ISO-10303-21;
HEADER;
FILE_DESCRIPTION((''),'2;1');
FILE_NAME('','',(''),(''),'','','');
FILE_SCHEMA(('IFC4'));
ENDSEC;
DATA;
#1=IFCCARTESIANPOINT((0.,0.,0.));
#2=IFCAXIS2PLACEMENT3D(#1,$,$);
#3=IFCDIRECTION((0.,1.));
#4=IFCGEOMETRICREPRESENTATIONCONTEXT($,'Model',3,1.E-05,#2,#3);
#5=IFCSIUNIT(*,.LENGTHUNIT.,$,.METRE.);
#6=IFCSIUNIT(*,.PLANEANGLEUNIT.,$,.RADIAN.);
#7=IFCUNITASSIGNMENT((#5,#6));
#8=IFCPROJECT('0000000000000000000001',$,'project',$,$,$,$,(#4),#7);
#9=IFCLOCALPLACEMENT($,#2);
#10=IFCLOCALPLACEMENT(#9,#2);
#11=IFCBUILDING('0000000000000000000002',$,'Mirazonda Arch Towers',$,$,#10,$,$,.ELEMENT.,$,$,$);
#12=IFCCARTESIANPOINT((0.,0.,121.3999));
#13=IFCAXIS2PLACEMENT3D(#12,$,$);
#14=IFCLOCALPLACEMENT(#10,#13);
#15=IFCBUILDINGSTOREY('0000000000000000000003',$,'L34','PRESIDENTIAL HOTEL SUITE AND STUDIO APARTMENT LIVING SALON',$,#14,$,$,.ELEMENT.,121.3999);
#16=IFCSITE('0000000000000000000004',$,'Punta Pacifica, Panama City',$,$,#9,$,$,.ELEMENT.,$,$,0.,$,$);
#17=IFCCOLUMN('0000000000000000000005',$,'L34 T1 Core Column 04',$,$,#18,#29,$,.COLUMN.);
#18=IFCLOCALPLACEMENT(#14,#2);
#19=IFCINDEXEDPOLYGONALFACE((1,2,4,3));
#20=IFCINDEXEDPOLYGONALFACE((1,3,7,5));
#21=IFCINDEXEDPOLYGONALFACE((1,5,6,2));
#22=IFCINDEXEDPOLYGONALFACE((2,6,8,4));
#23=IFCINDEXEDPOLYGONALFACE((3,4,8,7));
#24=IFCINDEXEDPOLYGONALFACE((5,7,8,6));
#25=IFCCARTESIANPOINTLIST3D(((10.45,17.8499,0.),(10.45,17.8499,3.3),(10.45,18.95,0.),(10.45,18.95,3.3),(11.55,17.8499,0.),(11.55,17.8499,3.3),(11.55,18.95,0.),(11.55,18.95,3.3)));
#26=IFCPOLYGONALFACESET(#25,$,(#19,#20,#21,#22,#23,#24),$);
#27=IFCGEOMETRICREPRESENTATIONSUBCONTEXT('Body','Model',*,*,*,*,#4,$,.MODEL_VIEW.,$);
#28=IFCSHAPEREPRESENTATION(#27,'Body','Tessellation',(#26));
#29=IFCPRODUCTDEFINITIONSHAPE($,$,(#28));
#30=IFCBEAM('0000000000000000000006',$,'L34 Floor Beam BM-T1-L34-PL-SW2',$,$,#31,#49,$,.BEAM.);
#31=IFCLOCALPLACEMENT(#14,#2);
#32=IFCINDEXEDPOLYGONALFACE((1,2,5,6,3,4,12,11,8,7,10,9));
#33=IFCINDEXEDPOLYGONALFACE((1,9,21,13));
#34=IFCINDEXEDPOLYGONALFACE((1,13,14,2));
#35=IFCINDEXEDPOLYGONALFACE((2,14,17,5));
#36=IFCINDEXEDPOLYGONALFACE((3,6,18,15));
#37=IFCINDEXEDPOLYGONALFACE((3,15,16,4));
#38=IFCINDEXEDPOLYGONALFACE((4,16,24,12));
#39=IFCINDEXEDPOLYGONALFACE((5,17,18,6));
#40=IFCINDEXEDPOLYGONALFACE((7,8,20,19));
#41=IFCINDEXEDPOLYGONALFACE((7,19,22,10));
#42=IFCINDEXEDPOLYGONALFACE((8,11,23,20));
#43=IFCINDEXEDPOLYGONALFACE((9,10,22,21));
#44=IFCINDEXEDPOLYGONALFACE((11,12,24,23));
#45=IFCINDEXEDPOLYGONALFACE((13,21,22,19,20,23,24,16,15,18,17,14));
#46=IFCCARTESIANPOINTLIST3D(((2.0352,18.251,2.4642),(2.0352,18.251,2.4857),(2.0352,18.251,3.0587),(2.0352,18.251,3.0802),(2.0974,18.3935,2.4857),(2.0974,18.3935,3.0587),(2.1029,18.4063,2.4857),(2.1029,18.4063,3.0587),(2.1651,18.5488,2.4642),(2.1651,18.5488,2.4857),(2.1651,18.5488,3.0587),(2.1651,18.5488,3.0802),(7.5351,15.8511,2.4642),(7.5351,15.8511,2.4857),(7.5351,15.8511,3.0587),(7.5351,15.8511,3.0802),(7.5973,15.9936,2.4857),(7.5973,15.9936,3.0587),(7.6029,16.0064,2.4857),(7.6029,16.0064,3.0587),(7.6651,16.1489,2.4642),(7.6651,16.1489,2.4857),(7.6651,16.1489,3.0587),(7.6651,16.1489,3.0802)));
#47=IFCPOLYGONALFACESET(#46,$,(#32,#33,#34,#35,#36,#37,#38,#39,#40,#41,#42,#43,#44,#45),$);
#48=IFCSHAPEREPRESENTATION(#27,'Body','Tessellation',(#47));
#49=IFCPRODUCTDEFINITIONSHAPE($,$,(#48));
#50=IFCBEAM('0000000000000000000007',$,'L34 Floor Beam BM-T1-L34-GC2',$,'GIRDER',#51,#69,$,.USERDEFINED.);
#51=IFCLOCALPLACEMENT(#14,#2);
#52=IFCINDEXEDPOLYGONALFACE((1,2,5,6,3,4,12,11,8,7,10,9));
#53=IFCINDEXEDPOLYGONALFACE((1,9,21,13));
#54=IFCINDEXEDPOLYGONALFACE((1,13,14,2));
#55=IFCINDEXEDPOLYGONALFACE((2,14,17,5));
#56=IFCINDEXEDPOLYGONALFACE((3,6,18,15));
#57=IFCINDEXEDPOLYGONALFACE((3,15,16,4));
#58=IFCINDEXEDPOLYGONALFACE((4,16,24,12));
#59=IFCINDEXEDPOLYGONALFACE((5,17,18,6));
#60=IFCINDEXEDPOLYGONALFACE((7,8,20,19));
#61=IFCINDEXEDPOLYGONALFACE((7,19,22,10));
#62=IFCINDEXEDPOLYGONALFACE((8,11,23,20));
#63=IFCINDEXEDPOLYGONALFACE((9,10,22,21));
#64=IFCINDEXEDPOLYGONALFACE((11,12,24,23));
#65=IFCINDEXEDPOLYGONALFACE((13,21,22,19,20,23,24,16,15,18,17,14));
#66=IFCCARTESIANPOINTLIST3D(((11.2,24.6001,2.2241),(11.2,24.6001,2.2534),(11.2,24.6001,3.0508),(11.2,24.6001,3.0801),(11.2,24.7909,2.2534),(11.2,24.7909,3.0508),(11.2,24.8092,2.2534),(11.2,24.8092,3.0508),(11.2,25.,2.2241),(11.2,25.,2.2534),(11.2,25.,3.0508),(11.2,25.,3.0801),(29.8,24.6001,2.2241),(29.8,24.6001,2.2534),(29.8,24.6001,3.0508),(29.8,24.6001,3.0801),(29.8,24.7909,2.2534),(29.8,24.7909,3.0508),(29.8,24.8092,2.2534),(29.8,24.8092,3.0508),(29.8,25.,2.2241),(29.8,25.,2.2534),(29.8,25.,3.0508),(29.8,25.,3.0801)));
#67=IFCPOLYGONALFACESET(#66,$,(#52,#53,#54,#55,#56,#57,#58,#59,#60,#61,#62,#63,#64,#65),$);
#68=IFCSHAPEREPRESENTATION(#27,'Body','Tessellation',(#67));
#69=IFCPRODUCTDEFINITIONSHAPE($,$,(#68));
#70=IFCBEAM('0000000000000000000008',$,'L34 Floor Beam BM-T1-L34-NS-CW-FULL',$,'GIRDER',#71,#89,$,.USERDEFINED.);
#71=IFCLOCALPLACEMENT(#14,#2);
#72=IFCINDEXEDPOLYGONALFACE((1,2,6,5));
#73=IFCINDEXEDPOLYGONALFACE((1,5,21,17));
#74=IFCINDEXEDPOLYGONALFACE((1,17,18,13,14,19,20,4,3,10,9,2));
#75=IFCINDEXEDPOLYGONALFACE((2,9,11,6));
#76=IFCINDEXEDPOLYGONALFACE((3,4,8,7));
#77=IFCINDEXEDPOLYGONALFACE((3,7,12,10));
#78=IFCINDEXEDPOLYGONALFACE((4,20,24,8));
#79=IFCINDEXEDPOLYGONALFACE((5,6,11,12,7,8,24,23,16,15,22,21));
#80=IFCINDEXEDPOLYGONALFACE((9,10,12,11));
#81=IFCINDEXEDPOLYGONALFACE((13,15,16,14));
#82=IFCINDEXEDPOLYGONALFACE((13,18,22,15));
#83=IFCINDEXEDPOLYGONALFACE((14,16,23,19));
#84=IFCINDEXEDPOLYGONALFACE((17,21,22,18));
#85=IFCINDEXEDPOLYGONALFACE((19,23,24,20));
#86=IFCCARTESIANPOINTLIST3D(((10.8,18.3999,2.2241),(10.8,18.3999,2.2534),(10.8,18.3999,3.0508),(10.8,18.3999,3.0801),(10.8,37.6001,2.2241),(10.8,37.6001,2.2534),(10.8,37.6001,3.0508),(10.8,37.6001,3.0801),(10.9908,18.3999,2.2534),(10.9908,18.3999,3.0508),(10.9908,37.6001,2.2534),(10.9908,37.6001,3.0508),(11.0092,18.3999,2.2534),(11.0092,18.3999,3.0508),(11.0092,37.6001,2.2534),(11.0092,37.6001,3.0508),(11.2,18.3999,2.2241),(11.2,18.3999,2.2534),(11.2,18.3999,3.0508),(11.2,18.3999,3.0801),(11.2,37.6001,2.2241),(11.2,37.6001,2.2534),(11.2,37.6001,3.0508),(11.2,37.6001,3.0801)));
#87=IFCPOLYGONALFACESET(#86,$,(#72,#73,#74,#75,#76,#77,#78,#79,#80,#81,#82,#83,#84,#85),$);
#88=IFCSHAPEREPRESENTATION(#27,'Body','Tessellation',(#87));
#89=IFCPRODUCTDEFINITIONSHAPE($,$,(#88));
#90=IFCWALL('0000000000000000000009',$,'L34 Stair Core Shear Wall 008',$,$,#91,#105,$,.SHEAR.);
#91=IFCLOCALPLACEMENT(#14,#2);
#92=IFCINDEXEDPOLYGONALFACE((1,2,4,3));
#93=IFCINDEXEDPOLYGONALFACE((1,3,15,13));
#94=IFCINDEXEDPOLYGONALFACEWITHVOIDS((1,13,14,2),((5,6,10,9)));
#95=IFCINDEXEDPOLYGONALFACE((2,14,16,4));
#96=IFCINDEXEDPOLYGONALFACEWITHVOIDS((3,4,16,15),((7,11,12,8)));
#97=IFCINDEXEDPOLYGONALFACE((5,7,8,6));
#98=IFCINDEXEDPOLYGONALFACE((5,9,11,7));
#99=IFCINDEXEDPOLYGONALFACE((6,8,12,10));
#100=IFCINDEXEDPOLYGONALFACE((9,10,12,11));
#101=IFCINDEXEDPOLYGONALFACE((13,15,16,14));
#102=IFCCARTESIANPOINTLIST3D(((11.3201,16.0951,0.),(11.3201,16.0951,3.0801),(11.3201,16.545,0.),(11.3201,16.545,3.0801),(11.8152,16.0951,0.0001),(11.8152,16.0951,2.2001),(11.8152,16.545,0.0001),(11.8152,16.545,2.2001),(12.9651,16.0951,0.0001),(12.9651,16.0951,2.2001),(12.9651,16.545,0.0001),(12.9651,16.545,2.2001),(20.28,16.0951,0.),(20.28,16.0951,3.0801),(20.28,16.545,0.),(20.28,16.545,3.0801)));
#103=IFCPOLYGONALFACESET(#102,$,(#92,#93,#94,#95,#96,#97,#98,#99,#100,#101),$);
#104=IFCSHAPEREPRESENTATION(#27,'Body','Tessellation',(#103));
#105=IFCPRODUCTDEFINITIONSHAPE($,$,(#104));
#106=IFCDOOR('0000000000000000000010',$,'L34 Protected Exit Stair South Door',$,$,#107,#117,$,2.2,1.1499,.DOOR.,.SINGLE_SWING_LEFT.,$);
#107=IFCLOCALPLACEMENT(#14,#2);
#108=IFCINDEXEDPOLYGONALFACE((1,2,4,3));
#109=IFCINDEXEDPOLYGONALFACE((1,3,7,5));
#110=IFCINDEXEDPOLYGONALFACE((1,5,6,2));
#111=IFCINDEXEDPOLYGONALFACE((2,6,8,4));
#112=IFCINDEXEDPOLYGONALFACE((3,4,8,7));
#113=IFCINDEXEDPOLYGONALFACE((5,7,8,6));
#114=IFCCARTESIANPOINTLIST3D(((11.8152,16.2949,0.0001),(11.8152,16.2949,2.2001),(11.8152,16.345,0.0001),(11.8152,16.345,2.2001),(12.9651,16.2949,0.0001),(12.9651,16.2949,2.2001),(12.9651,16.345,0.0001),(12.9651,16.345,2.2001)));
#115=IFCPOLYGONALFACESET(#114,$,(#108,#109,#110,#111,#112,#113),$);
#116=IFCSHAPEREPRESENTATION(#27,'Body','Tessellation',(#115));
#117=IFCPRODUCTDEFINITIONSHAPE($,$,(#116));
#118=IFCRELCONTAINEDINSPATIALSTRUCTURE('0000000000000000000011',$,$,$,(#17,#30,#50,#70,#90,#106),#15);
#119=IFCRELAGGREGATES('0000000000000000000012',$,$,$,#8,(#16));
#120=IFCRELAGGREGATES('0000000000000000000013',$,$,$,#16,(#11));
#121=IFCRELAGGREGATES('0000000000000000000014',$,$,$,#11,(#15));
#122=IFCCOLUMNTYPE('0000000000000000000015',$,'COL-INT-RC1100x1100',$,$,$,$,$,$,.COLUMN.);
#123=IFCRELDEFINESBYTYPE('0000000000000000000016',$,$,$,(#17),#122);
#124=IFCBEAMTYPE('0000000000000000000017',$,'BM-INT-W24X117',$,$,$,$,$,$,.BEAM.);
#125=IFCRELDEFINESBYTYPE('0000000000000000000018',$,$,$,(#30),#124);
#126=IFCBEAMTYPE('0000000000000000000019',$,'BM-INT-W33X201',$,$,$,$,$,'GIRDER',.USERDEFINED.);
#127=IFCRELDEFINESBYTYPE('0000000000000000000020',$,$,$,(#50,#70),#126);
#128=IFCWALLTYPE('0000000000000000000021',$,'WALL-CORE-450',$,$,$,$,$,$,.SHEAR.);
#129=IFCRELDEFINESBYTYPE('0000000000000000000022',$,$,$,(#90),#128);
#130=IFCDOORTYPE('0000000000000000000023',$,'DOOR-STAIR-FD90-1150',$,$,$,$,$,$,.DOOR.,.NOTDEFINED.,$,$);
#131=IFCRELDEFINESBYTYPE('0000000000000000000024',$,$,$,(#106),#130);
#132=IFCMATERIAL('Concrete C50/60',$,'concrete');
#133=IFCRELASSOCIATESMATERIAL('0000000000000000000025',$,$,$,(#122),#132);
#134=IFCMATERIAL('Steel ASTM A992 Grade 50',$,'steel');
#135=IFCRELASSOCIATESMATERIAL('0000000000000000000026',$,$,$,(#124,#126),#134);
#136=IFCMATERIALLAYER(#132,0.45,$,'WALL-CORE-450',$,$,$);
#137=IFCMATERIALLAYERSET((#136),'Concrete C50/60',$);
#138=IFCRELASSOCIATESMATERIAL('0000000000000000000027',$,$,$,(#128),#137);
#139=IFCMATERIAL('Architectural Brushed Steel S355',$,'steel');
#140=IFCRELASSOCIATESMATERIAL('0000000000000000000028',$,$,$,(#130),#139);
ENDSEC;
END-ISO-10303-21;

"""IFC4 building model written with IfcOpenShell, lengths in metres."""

from ifc_helpers import new_model, si_unit, direction, frame, frame_2d, origin, origin_2d, place, context, subcontext, project, spatial, rectangle, i_section, extrude, material, layer, layer_set, material_profile, profile_set, type_object, element, fill, save


model = new_model("IFC4")

# Units and contexts
model_context = context("Model", 3, precision=1e-05, world=origin(), true_north=direction((0.0, 1.0)))
body_context = subcontext(model_context, "Body", "Model", "MODEL_VIEW")
ifc_project = project(units=[si_unit("LENGTHUNIT", "METRE"), si_unit("PLANEANGLEUNIT", "RADIAN")], contexts=[model_context])

# Site, building, storey
site_placement = place(None, origin())
site = spatial("IfcSite", under=ifc_project, at=site_placement, Name="Punta Pacifica, Panama City", CompositionType="ELEMENT", RefElevation=0.0)
building_placement = place(site_placement, origin())
building = spatial("IfcBuilding", under=site, at=building_placement, Name="Mirazonda Arch Towers", CompositionType="ELEMENT")
storey_placement = place(building_placement, frame((0.0, 0.0, 121.3999)))
storey = spatial("IfcBuildingStorey", under=building, at=storey_placement, Name="L34", Description="PRESIDENTIAL HOTEL SUITE AND STUDIO APARTMENT LIVING SALON", CompositionType="ELEMENT", Elevation=121.3999)

# Column
ifc_material_1 = material(Name="Concrete C50/60", Category="concrete")
ifc_material_profile_1 = material_profile(ifc_material_1, rectangle(XDim=1.1001, YDim=1.1001, at=origin_2d()), Name="RC1100x1100")
ifc_profile_set_1 = profile_set([ifc_material_profile_1], Name="Concrete C50/60")
column_type = type_object("IfcColumnType", Name="COL-INT-RC1100x1100", PredefinedType="COLUMN", material=ifc_profile_set_1)
column_placement = place(storey_placement, frame((11.0, 18.3999, 0.0), z_axis=(0.0, 0.0, 1.0), x_axis=(1.0, 0.0, 0.0)))
element("IfcColumn", 1, at=column_placement, inside=storey, type_object=column_type, Name="L34 T1 Core Column 04", PredefinedType="COLUMN", context=body_context, shape_type="SweptSolid", body=[
    extrude(rectangle(XDim=1.1001, YDim=1.1001, at=origin_2d()), origin(), (0.0, 0.0, 1.0), 3.3),
])

# Beams
ifc_material_2 = material(Name="Steel ASTM A992 Grade 50", Category="steel")
ifc_material_profile_2 = material_profile(ifc_material_2, i_section(OverallWidth=0.325, OverallDepth=0.616, WebThickness=0.0139, FlangeThickness=0.0215, at=origin_2d()), Name="W24X117")
ifc_profile_set_2 = profile_set([ifc_material_profile_2], Name="Steel ASTM A992 Grade 50")
beam_type_1 = type_object("IfcBeamType", Name="BM-INT-W24X117", PredefinedType="BEAM", material=ifc_profile_set_2)
beam_1_placement = place(storey_placement, frame((7.6001, 16.0, 2.7722), z_axis=(-0.916545, 0.399931, 0.0), x_axis=(-0.399931, -0.916545, 0.0)))
element("IfcBeam", 2, at=beam_1_placement, inside=storey, type_object=beam_type_1, Name="L34 Floor Beam BM-T1-L34-PL-SW2", PredefinedType="BEAM", context=body_context, shape_type="SweptSolid", body=[
    extrude(i_section(OverallWidth=0.325, OverallDepth=0.616, WebThickness=0.0139, FlangeThickness=0.0215, at=origin_2d()), origin(), (0.0, 0.0, 1.0), 6.0007),
])
ifc_material_profile_3 = material_profile(ifc_material_2, i_section(OverallWidth=0.3999, OverallDepth=0.856, WebThickness=0.0183, FlangeThickness=0.0293, at=origin_2d()), Name="W33X201")
ifc_profile_set_3 = profile_set([ifc_material_profile_3], Name="Steel ASTM A992 Grade 50")
beam_type_2 = type_object("IfcBeamType", Name="BM-INT-W33X201", ElementType="GIRDER", PredefinedType="USERDEFINED", material=ifc_profile_set_3)
beam_2_placement = place(storey_placement, frame((11.2, 24.8, 2.6521), z_axis=(1.0, 0.0, 0.0), x_axis=(0.0, 1.0, 0.0)))
element("IfcBeam", 3, at=beam_2_placement, inside=storey, type_object=beam_type_2, Name="L34 Floor Beam BM-T1-L34-GC2", ObjectType="GIRDER", PredefinedType="USERDEFINED", context=body_context, shape_type="SweptSolid", body=[
    extrude(i_section(OverallWidth=0.3999, OverallDepth=0.856, WebThickness=0.0183, FlangeThickness=0.0293, at=origin_2d()), origin(), (0.0, 0.0, 1.0), 18.6001),
])
beam_3_placement = place(storey_placement, frame((11.0, 18.3999, 2.6521), z_axis=(0.0, 1.0, 0.0), x_axis=(-1.0, 0.0, 0.0)))
element("IfcBeam", 4, at=beam_3_placement, inside=storey, type_object=beam_type_2, Name="L34 Floor Beam BM-T1-L34-NS-CW-FULL", ObjectType="GIRDER", PredefinedType="USERDEFINED", context=body_context, shape_type="SweptSolid", body=[
    extrude(i_section(OverallWidth=0.3999, OverallDepth=0.856, WebThickness=0.0183, FlangeThickness=0.0293, at=origin_2d()), origin(), (0.0, 0.0, 1.0), 19.2002),
])

# Wall, opening, door
ifc_layer_1 = layer(ifc_material_1, 0.45, Name="WALL-CORE-450")
ifc_layer_set_1 = layer_set([ifc_layer_1], Name="Concrete C50/60")
wall_type_1 = type_object("IfcWallType", Name="WALL-CORE-450", PredefinedType="SHEAR", material=ifc_layer_set_1)
wall_1_placement = place(storey_placement, frame((11.3201, 16.3201, 0.0), z_axis=(0.0, 0.0, 1.0), x_axis=(1.0, 0.0, 0.0)))
wall_1 = element("IfcWall", 5, at=wall_1_placement, inside=storey, type_object=wall_type_1, Name="L34 Stair Core Shear Wall 008", PredefinedType="SHEAR", context=body_context, shape_type="SweptSolid", body=[
    extrude(rectangle(XDim=8.96, YDim=0.45, at=frame_2d((4.48, 0.0))), origin(), (0.0, 0.0, 1.0), 3.0801),
])
opening_1_placement = place(wall_1_placement, frame((0.4951, 0.0, 0.0)))
opening_1 = element("IfcOpeningElement", 6, at=opening_1_placement, cuts=wall_1, PredefinedType="OPENING", context=body_context, shape_type="SweptSolid", body=[
    extrude(rectangle(XDim=1.1499, YDim=2.2, at=frame_2d((0.575, 1.1001))), frame((0.0, 0.2349, 0.0), z_axis=(0.0, -1.0, 0.0), x_axis=(1.0, 0.0, 0.0)), (0.0, 0.0, 1.0), 0.47),
])
ifc_material_3 = material(Name="Architectural Brushed Steel S355", Category="steel")
door_type_1 = type_object("IfcDoorType", Name="DOOR-STAIR-FD90-1150", OperationType="NOTDEFINED", PredefinedType="DOOR", material=ifc_material_3)
door_1_placement = place(opening_1_placement, origin())
door_1 = element("IfcDoor", 7, at=door_1_placement, inside=storey, type_object=door_type_1, Name="L34 Protected Exit Stair South Door", OperationType="SINGLE_SWING_LEFT", OverallHeight=2.2, OverallWidth=1.1499, PredefinedType="DOOR", context=body_context, shape_type="SweptSolid", body=[
    extrude(rectangle(XDim=1.1499, YDim=2.2, at=frame_2d((0.575, 1.1001))), frame((0.0, 0.0249, 0.0), z_axis=(0.0, -1.0, 0.0), x_axis=(1.0, 0.0, 0.0)), (0.0, 0.0, 1.0), 0.05),
])
fill(opening_1, door_1)

save(model, "model.ifc")
